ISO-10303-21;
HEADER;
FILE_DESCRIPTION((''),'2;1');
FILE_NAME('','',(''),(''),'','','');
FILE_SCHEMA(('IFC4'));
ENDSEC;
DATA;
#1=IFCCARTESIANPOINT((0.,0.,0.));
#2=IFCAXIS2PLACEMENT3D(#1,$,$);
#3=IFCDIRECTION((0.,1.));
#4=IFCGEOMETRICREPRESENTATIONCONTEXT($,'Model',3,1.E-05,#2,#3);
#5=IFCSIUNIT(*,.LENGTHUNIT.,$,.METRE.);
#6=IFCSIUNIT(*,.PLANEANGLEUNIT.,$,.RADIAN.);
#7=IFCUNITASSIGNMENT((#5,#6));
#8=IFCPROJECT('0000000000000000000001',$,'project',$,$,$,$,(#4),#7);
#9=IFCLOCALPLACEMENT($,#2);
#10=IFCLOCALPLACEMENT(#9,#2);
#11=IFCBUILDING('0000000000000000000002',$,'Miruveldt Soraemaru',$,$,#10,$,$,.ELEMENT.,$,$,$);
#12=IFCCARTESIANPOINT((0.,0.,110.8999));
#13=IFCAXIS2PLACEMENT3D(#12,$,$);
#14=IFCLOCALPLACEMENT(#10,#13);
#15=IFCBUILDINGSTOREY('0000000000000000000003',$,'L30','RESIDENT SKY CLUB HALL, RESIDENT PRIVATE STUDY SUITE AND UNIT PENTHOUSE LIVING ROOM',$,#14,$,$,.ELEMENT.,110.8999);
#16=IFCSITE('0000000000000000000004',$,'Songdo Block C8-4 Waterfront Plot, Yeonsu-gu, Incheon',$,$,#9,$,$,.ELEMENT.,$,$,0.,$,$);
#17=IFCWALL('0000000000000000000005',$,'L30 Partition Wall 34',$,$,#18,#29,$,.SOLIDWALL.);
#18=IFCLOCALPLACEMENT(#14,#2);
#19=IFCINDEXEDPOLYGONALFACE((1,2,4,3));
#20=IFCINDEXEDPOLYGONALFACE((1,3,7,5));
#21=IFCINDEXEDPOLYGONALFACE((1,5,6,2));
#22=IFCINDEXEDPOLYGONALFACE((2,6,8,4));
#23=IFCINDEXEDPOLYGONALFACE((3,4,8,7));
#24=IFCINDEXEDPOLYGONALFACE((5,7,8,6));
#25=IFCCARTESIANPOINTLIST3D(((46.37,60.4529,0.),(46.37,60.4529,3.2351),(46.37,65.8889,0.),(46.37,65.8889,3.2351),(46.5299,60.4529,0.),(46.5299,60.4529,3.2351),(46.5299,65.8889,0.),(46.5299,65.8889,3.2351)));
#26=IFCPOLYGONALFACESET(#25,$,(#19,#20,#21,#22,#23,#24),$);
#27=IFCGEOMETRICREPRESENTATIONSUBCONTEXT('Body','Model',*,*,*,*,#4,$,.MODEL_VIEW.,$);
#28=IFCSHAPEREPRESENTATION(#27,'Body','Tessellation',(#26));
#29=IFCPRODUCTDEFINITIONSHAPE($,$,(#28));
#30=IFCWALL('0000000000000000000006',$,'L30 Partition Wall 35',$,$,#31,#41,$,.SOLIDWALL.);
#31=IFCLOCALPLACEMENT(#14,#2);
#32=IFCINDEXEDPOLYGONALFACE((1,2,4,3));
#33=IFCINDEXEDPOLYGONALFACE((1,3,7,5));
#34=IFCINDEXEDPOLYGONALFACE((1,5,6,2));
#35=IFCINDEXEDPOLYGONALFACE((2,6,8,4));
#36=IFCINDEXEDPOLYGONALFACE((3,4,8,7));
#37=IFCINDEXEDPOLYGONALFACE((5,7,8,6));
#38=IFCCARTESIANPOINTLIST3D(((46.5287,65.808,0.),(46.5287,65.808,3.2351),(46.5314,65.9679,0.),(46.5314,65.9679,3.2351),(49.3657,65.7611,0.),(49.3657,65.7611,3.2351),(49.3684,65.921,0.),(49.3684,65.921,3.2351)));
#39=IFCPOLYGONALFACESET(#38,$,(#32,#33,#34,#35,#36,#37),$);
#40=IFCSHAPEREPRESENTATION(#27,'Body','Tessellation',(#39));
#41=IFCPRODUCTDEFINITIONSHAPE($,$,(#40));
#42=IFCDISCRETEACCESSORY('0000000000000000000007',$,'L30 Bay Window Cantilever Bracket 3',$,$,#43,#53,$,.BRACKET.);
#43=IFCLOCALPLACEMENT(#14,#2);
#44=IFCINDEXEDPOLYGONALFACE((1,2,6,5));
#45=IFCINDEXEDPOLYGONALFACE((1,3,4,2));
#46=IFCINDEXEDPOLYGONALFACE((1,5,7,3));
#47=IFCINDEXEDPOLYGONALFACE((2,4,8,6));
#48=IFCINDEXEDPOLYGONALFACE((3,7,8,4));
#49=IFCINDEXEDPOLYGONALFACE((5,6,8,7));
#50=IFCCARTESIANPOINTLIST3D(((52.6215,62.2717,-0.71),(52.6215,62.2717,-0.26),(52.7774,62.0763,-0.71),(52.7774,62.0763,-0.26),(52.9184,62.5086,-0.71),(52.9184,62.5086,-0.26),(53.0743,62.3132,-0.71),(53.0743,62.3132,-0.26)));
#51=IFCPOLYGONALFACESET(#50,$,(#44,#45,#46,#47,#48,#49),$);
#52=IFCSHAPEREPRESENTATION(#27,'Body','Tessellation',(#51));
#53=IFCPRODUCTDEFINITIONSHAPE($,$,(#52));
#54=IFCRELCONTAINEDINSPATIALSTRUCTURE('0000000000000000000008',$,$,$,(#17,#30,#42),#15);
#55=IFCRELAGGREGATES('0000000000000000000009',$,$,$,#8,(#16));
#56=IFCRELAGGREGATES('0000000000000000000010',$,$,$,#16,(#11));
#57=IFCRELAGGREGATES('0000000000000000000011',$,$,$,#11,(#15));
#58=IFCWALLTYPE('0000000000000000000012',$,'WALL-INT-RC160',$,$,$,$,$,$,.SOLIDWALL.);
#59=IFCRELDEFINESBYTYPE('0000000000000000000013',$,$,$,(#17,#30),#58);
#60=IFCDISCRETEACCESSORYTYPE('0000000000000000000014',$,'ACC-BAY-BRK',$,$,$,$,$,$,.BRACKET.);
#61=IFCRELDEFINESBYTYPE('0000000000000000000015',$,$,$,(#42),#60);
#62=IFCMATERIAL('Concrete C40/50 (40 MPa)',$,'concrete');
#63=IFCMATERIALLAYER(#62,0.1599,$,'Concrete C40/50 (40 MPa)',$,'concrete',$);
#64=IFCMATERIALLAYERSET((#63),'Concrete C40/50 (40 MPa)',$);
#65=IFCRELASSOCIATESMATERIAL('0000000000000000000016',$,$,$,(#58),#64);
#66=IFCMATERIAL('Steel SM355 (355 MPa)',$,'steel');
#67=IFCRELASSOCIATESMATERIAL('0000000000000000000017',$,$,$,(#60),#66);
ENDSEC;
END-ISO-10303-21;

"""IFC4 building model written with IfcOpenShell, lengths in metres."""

from ifc_helpers import new_model, si_unit, direction, frame, frame_2d, origin, origin_2d, place, context, subcontext, project, spatial, rectangle, extrude, material, layer, layer_set, type_object, element, save


model = new_model("IFC4")

# Units and contexts
model_context = context("Model", 3, precision=1e-05, world=origin(), true_north=direction((0.0, 1.0)))
body_context = subcontext(model_context, "Body", "Model", "MODEL_VIEW")
ifc_project = project(units=[si_unit("LENGTHUNIT", "METRE"), si_unit("PLANEANGLEUNIT", "RADIAN")], contexts=[model_context])

# Site, building, storey
site_placement = place(None, origin())
site = spatial("IfcSite", under=ifc_project, at=site_placement, Name="Songdo Block C8-4 Waterfront Plot, Yeonsu-gu, Incheon", CompositionType="ELEMENT", RefElevation=0.0)
building_placement = place(site_placement, origin())
building = spatial("IfcBuilding", under=site, at=building_placement, Name="Miruveldt Soraemaru", CompositionType="ELEMENT")
storey_placement = place(building_placement, frame((0.0, 0.0, 110.8999)))
storey = spatial("IfcBuildingStorey", under=building, at=storey_placement, Name="L30", Description="RESIDENT SKY CLUB HALL, RESIDENT PRIVATE STUDY SUITE AND UNIT PENTHOUSE LIVING ROOM", CompositionType="ELEMENT", Elevation=110.8999)

# Shared definitions
ifc_material_1 = material(Name="Steel SM355 (355 MPa)", Category="steel")

# Shared definitions
ifc_material_2 = material(Name="Concrete C40/50 (40 MPa)", Category="concrete")
ifc_layer_1 = layer(ifc_material_2, 0.1599, Name="Concrete C40/50 (40 MPa)", Category="concrete")
ifc_layer_set_1 = layer_set([ifc_layer_1], Name="Concrete C40/50 (40 MPa)")
wall_type_1 = type_object("IfcWallType", Name="WALL-INT-RC160", PredefinedType="SOLIDWALL", material=ifc_layer_set_1)

# Walls
wall_1_placement = place(storey_placement, frame((46.45, 60.4529, 0.0), z_axis=(0.0, 0.0, 1.0), x_axis=(0.0, 1.0, 0.0)))
element("IfcWall", 1, at=wall_1_placement, inside=storey, type_object=wall_type_1, Name="L30 Partition Wall 34", PredefinedType="SOLIDWALL", context=body_context, shape_type="SweptSolid", body=[
    extrude(rectangle(XDim=5.436, YDim=0.1599, at=frame_2d((2.718, 0.0))), origin(), (0.0, 0.0, 1.0), 3.2351),
])
wall_2_placement = place(storey_placement, frame((46.53, 65.8879, 0.0), z_axis=(0.0, 0.0, 1.0), x_axis=(0.999864, -0.016521, 0.0)))
element("IfcWall", 2, at=wall_2_placement, inside=storey, type_object=wall_type_1, Name="L30 Partition Wall 35", PredefinedType="SOLIDWALL", context=body_context, shape_type="SweptSolid", body=[
    extrude(rectangle(XDim=2.8374, YDim=0.1599, at=frame_2d((1.4187, 0.0))), origin(), (0.0, 0.0, 1.0), 3.2351),
])

# Discrete accessory
discrete_accessory_type = type_object("IfcDiscreteAccessoryType", Name="ACC-BAY-BRK", PredefinedType="BRACKET", material=ifc_material_1)
discrete_accessory_placement = place(storey_placement, frame((52.8479, 62.2925, -0.71), z_axis=(0.0, 0.0, 1.0), x_axis=(0.781727, 0.62362, 0.0)))
element("IfcDiscreteAccessory", 3, at=discrete_accessory_placement, inside=storey, type_object=discrete_accessory_type, Name="L30 Bay Window Cantilever Bracket 3", PredefinedType="BRACKET", context=body_context, shape_type="SweptSolid", body=[
    extrude(rectangle(XDim=0.3799, YDim=0.25, at=origin_2d()), origin(), (0.0, 0.0, 1.0), 0.45),
])

save(model, "model.ifc")
